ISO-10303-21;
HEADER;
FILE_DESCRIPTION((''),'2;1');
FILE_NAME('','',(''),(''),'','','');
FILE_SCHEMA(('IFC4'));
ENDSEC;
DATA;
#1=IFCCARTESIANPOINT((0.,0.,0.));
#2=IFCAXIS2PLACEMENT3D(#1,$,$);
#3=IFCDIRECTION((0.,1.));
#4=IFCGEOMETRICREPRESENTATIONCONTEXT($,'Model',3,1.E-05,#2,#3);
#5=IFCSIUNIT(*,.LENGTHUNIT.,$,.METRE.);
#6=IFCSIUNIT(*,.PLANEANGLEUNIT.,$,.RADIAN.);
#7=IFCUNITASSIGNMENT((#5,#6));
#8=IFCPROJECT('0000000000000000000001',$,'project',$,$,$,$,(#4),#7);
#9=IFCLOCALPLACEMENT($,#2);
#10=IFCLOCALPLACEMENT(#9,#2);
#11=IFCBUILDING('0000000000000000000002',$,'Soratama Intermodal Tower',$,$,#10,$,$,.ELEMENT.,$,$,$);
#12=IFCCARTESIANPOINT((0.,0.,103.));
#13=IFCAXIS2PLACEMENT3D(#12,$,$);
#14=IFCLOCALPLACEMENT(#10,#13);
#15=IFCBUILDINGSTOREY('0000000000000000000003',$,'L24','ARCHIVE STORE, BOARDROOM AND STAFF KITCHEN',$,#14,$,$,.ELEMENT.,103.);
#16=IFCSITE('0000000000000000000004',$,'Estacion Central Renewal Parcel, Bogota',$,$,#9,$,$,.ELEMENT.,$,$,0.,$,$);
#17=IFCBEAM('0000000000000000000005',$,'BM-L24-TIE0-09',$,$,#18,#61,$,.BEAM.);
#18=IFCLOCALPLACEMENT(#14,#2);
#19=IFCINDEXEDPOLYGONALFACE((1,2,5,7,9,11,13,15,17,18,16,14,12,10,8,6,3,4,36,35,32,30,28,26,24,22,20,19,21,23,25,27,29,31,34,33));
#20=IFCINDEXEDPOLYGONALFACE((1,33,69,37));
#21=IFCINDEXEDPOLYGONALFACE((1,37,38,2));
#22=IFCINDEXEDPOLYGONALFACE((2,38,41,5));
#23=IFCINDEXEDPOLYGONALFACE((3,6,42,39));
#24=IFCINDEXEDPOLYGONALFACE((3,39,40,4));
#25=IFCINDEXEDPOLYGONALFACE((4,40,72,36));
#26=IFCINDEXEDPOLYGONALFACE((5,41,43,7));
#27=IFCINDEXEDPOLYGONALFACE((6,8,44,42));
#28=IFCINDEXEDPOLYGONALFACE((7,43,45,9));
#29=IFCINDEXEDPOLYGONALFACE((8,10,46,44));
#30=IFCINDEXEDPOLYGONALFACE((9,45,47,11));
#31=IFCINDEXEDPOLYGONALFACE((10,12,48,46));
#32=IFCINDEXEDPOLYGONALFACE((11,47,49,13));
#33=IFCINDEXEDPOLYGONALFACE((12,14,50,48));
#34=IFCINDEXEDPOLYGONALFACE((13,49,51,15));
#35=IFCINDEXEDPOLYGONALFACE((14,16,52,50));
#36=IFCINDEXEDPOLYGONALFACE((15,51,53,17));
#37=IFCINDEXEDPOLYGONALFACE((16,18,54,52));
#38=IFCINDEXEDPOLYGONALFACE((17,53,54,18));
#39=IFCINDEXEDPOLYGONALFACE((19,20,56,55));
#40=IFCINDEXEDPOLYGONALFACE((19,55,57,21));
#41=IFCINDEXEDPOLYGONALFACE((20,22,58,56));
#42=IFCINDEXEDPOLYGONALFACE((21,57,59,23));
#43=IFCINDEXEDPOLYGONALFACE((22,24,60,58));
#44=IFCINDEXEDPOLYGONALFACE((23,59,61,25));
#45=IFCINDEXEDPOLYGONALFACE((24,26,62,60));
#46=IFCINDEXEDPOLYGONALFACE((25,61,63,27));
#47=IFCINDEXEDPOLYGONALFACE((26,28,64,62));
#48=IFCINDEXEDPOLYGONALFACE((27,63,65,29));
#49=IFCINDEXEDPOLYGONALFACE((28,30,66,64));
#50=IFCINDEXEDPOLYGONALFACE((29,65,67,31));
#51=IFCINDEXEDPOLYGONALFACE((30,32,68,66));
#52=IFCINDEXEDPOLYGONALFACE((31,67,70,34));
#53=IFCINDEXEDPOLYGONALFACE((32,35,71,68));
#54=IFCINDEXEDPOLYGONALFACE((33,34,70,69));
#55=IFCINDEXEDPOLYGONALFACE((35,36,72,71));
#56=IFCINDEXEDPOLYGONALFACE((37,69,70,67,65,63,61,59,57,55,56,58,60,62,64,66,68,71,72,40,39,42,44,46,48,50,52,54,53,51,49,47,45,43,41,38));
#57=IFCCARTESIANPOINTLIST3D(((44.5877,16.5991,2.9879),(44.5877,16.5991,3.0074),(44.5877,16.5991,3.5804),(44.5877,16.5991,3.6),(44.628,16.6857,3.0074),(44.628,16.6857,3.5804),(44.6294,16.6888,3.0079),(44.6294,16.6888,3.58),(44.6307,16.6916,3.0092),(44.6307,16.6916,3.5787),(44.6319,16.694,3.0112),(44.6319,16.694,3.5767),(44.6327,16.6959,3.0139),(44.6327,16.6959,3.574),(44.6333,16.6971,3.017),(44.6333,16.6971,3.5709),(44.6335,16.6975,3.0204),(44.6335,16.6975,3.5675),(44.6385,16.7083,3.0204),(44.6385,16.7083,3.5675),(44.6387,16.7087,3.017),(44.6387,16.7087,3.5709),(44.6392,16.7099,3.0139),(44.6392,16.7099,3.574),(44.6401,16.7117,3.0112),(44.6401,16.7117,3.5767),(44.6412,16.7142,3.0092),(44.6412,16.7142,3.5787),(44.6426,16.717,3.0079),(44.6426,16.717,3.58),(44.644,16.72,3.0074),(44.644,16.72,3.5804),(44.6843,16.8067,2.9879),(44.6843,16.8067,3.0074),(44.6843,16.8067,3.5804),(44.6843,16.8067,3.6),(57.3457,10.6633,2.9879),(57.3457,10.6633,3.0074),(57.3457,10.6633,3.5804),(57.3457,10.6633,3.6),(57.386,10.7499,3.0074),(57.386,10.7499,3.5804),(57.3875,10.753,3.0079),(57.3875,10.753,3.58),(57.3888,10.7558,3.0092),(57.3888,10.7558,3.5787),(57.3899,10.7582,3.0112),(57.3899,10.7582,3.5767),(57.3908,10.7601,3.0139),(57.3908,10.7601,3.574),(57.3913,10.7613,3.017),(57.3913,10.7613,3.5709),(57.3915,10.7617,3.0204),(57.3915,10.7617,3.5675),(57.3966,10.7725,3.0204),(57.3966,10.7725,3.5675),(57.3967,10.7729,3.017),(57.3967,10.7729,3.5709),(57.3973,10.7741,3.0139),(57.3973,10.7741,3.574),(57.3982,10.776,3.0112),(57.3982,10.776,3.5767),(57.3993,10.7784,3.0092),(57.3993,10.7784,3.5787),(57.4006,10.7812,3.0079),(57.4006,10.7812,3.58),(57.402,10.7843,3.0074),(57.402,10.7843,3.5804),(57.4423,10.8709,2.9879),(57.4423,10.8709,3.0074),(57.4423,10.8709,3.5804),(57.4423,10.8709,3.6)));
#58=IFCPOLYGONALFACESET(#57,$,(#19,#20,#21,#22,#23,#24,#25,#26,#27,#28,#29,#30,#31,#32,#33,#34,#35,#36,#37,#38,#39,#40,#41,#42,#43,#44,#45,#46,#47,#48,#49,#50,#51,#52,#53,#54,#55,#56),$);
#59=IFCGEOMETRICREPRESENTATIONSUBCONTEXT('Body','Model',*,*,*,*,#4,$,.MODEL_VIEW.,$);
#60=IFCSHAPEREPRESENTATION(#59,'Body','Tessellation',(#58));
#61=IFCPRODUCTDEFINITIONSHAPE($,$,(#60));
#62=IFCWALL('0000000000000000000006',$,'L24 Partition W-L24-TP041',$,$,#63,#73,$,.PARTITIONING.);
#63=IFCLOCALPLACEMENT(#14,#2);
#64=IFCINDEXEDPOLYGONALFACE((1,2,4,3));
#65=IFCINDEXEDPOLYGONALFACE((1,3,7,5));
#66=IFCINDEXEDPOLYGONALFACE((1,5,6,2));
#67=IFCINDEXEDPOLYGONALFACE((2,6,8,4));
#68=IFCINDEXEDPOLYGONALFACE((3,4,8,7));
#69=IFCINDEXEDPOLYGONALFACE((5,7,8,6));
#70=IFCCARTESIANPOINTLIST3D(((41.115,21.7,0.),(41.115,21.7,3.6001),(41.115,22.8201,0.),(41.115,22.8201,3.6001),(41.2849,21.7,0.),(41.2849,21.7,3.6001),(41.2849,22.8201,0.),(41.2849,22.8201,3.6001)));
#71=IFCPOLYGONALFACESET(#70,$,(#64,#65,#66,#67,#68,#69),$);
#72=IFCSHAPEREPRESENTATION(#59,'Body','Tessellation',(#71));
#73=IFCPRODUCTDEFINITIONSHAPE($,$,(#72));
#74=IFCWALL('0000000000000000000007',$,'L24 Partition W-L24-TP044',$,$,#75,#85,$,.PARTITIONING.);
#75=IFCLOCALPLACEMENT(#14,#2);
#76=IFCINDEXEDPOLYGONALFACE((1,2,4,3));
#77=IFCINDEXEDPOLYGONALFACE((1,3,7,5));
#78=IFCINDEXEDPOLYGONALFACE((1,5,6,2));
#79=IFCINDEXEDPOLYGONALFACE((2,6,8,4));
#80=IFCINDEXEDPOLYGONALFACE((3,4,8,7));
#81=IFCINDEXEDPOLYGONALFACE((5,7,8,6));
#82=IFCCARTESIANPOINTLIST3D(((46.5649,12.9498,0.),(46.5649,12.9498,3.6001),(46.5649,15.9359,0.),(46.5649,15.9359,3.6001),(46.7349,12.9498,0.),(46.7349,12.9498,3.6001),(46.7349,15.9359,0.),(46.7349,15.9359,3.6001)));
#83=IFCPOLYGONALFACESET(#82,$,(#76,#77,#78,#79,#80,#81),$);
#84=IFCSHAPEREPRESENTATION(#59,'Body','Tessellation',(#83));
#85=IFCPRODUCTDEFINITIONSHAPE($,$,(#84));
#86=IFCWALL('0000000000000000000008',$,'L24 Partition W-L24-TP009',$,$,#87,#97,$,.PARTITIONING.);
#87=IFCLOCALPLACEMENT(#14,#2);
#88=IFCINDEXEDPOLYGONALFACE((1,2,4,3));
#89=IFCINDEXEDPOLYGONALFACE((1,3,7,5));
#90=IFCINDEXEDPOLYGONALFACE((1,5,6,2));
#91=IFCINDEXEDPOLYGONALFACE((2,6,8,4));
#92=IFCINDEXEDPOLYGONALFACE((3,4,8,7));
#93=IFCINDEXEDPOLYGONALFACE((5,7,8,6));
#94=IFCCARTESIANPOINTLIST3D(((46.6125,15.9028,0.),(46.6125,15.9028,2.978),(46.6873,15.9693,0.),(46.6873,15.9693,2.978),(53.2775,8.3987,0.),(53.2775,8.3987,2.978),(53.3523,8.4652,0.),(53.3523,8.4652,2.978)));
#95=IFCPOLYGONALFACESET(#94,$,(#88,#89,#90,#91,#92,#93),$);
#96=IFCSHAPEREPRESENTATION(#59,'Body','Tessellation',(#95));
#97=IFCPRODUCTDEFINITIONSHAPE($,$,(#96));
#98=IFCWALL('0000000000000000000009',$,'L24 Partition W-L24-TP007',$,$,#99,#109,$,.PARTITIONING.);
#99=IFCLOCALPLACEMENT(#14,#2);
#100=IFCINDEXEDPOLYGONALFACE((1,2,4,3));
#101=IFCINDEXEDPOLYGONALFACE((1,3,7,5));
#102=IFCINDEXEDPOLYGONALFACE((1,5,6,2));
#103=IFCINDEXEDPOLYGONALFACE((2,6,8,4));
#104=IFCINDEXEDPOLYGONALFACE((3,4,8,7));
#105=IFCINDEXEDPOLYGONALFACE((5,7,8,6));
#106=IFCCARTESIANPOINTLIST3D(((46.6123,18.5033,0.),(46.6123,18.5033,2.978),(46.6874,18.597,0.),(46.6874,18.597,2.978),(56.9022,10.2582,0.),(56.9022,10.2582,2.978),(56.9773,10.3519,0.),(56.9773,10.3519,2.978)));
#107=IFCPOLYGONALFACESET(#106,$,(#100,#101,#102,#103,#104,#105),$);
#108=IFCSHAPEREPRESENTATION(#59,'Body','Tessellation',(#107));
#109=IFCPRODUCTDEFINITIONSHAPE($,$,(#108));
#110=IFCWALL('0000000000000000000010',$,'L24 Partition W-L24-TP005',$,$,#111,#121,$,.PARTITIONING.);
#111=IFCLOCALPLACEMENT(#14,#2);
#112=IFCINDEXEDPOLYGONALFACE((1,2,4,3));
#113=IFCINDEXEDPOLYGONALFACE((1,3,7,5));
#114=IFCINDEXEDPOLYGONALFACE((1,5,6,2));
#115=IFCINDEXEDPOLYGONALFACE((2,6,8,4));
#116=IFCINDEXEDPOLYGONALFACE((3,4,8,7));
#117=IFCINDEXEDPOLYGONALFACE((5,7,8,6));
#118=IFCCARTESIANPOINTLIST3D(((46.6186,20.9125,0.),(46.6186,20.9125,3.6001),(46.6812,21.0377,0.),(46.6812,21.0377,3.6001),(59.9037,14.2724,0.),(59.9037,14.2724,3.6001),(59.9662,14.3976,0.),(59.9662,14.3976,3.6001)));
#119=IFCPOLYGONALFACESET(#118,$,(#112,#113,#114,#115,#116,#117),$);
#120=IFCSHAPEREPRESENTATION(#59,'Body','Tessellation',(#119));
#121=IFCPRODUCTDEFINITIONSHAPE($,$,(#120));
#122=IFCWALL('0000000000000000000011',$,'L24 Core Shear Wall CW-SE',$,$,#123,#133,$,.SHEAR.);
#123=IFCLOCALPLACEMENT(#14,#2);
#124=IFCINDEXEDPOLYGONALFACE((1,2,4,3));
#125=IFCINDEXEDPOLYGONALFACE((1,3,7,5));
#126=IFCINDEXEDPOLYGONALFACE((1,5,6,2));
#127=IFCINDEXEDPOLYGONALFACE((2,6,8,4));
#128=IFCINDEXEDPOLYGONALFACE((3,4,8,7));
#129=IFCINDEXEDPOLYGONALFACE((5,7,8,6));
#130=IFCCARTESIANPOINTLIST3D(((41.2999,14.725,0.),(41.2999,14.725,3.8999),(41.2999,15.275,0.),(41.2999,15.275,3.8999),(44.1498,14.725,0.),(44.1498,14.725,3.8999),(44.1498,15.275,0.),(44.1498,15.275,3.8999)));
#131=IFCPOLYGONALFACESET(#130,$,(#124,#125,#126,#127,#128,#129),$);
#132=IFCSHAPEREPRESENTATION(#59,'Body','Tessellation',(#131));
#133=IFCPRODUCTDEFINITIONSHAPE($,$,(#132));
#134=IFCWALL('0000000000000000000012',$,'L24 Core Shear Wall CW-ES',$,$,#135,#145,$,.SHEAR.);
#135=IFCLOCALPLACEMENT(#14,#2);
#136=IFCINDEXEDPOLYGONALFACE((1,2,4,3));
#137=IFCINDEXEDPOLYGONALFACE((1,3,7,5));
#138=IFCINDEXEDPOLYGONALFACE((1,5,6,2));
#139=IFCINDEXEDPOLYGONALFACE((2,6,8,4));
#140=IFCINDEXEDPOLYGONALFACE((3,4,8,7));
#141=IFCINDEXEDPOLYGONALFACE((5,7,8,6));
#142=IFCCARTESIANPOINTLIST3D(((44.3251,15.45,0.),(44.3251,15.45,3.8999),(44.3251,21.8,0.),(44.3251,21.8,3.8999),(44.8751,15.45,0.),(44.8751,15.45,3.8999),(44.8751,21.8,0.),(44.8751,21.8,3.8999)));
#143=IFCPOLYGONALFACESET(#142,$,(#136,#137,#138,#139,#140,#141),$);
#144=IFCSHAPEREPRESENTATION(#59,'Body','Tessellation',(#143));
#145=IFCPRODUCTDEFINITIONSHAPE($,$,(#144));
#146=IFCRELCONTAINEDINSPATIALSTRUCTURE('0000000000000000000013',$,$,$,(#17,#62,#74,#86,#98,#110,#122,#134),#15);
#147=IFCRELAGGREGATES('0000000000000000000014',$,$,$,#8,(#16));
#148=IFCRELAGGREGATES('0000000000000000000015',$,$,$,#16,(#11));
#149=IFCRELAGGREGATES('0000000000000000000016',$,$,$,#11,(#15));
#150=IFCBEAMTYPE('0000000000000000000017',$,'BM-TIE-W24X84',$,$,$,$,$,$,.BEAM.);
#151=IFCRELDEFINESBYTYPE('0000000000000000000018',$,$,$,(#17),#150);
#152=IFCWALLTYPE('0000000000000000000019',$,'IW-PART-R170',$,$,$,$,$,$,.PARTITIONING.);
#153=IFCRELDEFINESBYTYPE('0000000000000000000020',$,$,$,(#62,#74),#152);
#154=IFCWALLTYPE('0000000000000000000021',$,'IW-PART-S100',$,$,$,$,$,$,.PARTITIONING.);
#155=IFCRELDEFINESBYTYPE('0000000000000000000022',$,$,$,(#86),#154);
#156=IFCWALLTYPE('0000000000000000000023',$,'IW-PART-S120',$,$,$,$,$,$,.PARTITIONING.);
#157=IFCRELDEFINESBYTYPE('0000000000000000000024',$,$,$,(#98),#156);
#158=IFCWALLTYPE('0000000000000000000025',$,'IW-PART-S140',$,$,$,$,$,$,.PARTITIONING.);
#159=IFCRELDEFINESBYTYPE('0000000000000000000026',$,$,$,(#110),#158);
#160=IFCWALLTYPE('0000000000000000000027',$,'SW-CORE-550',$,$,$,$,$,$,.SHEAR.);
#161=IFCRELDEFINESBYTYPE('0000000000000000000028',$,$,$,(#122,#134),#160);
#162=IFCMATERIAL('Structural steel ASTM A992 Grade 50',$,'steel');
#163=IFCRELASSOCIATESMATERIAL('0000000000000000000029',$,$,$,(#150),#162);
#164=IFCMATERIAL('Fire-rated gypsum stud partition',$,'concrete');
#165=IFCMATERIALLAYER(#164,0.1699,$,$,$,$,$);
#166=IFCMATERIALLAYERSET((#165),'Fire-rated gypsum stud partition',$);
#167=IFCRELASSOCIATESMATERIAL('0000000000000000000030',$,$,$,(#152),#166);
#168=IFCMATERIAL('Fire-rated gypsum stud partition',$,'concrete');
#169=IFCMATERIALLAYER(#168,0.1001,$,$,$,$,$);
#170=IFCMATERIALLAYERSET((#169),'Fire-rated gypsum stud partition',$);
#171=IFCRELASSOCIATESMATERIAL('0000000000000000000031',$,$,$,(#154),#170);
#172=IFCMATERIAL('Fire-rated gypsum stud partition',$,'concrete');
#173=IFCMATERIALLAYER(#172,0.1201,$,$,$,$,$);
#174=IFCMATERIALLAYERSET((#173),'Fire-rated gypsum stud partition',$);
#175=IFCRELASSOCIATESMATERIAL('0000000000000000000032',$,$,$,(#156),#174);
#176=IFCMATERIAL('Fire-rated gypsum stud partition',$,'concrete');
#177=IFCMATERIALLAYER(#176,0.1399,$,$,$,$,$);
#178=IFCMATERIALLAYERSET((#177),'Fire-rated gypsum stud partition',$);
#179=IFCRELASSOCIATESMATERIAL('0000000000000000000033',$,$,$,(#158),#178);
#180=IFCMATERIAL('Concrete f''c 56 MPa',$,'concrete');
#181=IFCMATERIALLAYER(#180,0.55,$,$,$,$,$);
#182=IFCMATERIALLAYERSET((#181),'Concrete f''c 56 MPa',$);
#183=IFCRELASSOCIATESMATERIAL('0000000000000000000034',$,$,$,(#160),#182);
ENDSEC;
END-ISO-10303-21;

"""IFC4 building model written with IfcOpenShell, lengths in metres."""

from ifc_helpers import new_model, si_unit, direction, frame, frame_2d, origin, origin_2d, place, context, subcontext, project, spatial, rectangle, i_section, extrude, material, layer, layer_set, material_profile, profile_set, type_object, element, save


model = new_model("IFC4")

# Units and contexts
model_context = context("Model", 3, precision=1e-05, world=origin(), true_north=direction((0.0, 1.0)))
body_context = subcontext(model_context, "Body", "Model", "MODEL_VIEW")
ifc_project = project(units=[si_unit("LENGTHUNIT", "METRE"), si_unit("PLANEANGLEUNIT", "RADIAN")], contexts=[model_context])

# Site, building, storey
site_placement = place(None, origin())
site = spatial("IfcSite", under=ifc_project, at=site_placement, Name="Estacion Central Renewal Parcel, Bogota", CompositionType="ELEMENT", RefElevation=0.0)
building_placement = place(site_placement, origin())
building = spatial("IfcBuilding", under=site, at=building_placement, Name="Soratama Intermodal Tower", CompositionType="ELEMENT")
storey_placement = place(building_placement, frame((0.0, 0.0, 103.0)))
storey = spatial("IfcBuildingStorey", under=building, at=storey_placement, Name="L24", Description="ARCHIVE STORE, BOARDROOM AND STAFF KITCHEN", CompositionType="ELEMENT", Elevation=103.0)

# Beam
ifc_material_1 = material(Name="Structural steel ASTM A992 Grade 50", Category="steel")
ifc_material_profile_1 = material_profile(ifc_material_1, i_section(OverallWidth=0.229, OverallDepth=0.6121, WebThickness=0.012, FlangeThickness=0.0195, FilletRadius=0.0129, at=origin_2d()), Name="W24X84")
ifc_profile_set_1 = profile_set([ifc_material_profile_1], Name="Structural steel ASTM A992 Grade 50")
beam_type_1 = type_object("IfcBeamType", Name="BM-TIE-W24X84", PredefinedType="BEAM", material=ifc_profile_set_1)
beam_1_placement = place(storey_placement, frame((44.636, 16.7029, 3.2939), z_axis=(0.906672, -0.421837, 0.0), x_axis=(0.421837, 0.906672, 0.0)))
element("IfcBeam", 1, at=beam_1_placement, inside=storey, type_object=beam_type_1, Name="BM-L24-TIE0-09", PredefinedType="BEAM", context=body_context, shape_type="SweptSolid", body=[
    extrude(i_section(OverallWidth=0.229, OverallDepth=0.6121, WebThickness=0.012, FlangeThickness=0.0195, FilletRadius=0.0129, at=origin_2d()), origin(), (0.0, 0.0, 1.0), 14.0713),
])

# Shared definitions
ifc_material_2 = material(Name="Fire-rated gypsum stud partition", Category="concrete")
ifc_layer_1 = layer(ifc_material_2, 0.1699)
ifc_layer_set_1 = layer_set([ifc_layer_1], Name="Fire-rated gypsum stud partition")
wall_type_1 = type_object("IfcWallType", Name="IW-PART-R170", PredefinedType="PARTITIONING", material=ifc_layer_set_1)

# Walls
wall_1_placement = place(storey_placement, frame((41.2, 21.7, 0.0), z_axis=(0.0, 0.0, 1.0), x_axis=(0.0, 1.0, 0.0)))
element("IfcWall", 2, at=wall_1_placement, inside=storey, type_object=wall_type_1, Name="L24 Partition W-L24-TP041", PredefinedType="PARTITIONING", context=body_context, shape_type="SweptSolid", body=[
    extrude(rectangle(XDim=1.1201, YDim=0.1699, at=frame_2d((0.5601, 0.0))), origin(), (0.0, 0.0, 1.0), 3.6001),
])
wall_2_placement = place(storey_placement, frame((46.6499, 15.936, 0.0), z_axis=(0.0, 0.0, 1.0), x_axis=(0.0, -1.0, 0.0)))
element("IfcWall", 3, at=wall_2_placement, inside=storey, type_object=wall_type_1, Name="L24 Partition W-L24-TP044", PredefinedType="PARTITIONING", context=body_context, shape_type="SweptSolid", body=[
    extrude(rectangle(XDim=2.9861, YDim=0.1699, at=frame_2d((1.4932, 0.0))), origin(), (0.0, 0.0, 1.0), 3.6001),
])
ifc_material_3 = material(Name="Fire-rated gypsum stud partition", Category="concrete")
ifc_layer_2 = layer(ifc_material_3, 0.1001)
ifc_layer_set_2 = layer_set([ifc_layer_2], Name="Fire-rated gypsum stud partition")
wall_type_2 = type_object("IfcWallType", Name="IW-PART-S100", PredefinedType="PARTITIONING", material=ifc_layer_set_2)
wall_3_placement = place(storey_placement, frame((46.6499, 15.936, 0.0), z_axis=(0.0, 0.0, 1.0), x_axis=(0.664068, -0.747672, 0.0)))
element("IfcWall", 4, at=wall_3_placement, inside=storey, type_object=wall_type_2, Name="L24 Partition W-L24-TP009", PredefinedType="PARTITIONING", context=body_context, shape_type="SweptSolid", body=[
    extrude(rectangle(XDim=10.0366, YDim=0.1001, at=frame_2d((5.0183, 0.0))), origin(), (0.0, 0.0, 1.0), 2.978),
])
ifc_material_4 = material(Name="Fire-rated gypsum stud partition", Category="concrete")
ifc_layer_3 = layer(ifc_material_4, 0.1201)
ifc_layer_set_3 = layer_set([ifc_layer_3], Name="Fire-rated gypsum stud partition")
wall_type_3 = type_object("IfcWallType", Name="IW-PART-S120", PredefinedType="PARTITIONING", material=ifc_layer_set_3)
wall_4_placement = place(storey_placement, frame((46.6499, 18.55, 0.0), z_axis=(0.0, 0.0, 1.0), x_axis=(0.780384, -0.6253, 0.0)))
element("IfcWall", 5, at=wall_4_placement, inside=storey, type_object=wall_type_3, Name="L24 Partition W-L24-TP007", PredefinedType="PARTITIONING", context=body_context, shape_type="SweptSolid", body=[
    extrude(rectangle(XDim=13.1858, YDim=0.1201, at=frame_2d((6.5928, 0.0))), origin(), (0.0, 0.0, 1.0), 2.978),
])
ifc_material_5 = material(Name="Fire-rated gypsum stud partition", Category="concrete")
ifc_layer_4 = layer(ifc_material_5, 0.1399)
ifc_layer_set_4 = layer_set([ifc_layer_4], Name="Fire-rated gypsum stud partition")
wall_type_4 = type_object("IfcWallType", Name="IW-PART-S140", PredefinedType="PARTITIONING", material=ifc_layer_set_4)
wall_5_placement = place(storey_placement, frame((46.6499, 20.9751, 0.0), z_axis=(0.0, 0.0, 1.0), x_axis=(0.894493, -0.447082, 0.0)))
element("IfcWall", 6, at=wall_5_placement, inside=storey, type_object=wall_type_4, Name="L24 Partition W-L24-TP005", PredefinedType="PARTITIONING", context=body_context, shape_type="SweptSolid", body=[
    extrude(rectangle(XDim=14.8521, YDim=0.1399, at=frame_2d((7.426, 0.0))), origin(), (0.0, 0.0, 1.0), 3.6001),
])
ifc_material_6 = material(Name="Concrete f'c 56 MPa", Category="concrete")
ifc_layer_5 = layer(ifc_material_6, 0.55)
ifc_layer_set_5 = layer_set([ifc_layer_5], Name="Concrete f'c 56 MPa")
wall_type_5 = type_object("IfcWallType", Name="SW-CORE-550", PredefinedType="SHEAR", material=ifc_layer_set_5)
wall_6_placement = place(storey_placement, frame((41.3, 15.0, 0.0), z_axis=(0.0, 0.0, 1.0), x_axis=(1.0, 0.0, 0.0)))
element("IfcWall", 7, at=wall_6_placement, inside=storey, type_object=wall_type_5, Name="L24 Core Shear Wall CW-SE", PredefinedType="SHEAR", context=body_context, shape_type="SweptSolid", body=[
    extrude(rectangle(XDim=2.8499, YDim=0.55, at=frame_2d((1.4248, 0.0))), origin(), (0.0, 0.0, 1.0), 3.8999),
])
wall_7_placement = place(storey_placement, frame((44.6001, 15.45, 0.0), z_axis=(0.0, 0.0, 1.0), x_axis=(0.0, 1.0, 0.0)))
element("IfcWall", 8, at=wall_7_placement, inside=storey, type_object=wall_type_5, Name="L24 Core Shear Wall CW-ES", PredefinedType="SHEAR", context=body_context, shape_type="SweptSolid", body=[
    extrude(rectangle(XDim=6.3501, YDim=0.55, at=frame_2d((3.175, 0.0))), origin(), (0.0, 0.0, 1.0), 3.8999),
])

save(model, "model.ifc")
